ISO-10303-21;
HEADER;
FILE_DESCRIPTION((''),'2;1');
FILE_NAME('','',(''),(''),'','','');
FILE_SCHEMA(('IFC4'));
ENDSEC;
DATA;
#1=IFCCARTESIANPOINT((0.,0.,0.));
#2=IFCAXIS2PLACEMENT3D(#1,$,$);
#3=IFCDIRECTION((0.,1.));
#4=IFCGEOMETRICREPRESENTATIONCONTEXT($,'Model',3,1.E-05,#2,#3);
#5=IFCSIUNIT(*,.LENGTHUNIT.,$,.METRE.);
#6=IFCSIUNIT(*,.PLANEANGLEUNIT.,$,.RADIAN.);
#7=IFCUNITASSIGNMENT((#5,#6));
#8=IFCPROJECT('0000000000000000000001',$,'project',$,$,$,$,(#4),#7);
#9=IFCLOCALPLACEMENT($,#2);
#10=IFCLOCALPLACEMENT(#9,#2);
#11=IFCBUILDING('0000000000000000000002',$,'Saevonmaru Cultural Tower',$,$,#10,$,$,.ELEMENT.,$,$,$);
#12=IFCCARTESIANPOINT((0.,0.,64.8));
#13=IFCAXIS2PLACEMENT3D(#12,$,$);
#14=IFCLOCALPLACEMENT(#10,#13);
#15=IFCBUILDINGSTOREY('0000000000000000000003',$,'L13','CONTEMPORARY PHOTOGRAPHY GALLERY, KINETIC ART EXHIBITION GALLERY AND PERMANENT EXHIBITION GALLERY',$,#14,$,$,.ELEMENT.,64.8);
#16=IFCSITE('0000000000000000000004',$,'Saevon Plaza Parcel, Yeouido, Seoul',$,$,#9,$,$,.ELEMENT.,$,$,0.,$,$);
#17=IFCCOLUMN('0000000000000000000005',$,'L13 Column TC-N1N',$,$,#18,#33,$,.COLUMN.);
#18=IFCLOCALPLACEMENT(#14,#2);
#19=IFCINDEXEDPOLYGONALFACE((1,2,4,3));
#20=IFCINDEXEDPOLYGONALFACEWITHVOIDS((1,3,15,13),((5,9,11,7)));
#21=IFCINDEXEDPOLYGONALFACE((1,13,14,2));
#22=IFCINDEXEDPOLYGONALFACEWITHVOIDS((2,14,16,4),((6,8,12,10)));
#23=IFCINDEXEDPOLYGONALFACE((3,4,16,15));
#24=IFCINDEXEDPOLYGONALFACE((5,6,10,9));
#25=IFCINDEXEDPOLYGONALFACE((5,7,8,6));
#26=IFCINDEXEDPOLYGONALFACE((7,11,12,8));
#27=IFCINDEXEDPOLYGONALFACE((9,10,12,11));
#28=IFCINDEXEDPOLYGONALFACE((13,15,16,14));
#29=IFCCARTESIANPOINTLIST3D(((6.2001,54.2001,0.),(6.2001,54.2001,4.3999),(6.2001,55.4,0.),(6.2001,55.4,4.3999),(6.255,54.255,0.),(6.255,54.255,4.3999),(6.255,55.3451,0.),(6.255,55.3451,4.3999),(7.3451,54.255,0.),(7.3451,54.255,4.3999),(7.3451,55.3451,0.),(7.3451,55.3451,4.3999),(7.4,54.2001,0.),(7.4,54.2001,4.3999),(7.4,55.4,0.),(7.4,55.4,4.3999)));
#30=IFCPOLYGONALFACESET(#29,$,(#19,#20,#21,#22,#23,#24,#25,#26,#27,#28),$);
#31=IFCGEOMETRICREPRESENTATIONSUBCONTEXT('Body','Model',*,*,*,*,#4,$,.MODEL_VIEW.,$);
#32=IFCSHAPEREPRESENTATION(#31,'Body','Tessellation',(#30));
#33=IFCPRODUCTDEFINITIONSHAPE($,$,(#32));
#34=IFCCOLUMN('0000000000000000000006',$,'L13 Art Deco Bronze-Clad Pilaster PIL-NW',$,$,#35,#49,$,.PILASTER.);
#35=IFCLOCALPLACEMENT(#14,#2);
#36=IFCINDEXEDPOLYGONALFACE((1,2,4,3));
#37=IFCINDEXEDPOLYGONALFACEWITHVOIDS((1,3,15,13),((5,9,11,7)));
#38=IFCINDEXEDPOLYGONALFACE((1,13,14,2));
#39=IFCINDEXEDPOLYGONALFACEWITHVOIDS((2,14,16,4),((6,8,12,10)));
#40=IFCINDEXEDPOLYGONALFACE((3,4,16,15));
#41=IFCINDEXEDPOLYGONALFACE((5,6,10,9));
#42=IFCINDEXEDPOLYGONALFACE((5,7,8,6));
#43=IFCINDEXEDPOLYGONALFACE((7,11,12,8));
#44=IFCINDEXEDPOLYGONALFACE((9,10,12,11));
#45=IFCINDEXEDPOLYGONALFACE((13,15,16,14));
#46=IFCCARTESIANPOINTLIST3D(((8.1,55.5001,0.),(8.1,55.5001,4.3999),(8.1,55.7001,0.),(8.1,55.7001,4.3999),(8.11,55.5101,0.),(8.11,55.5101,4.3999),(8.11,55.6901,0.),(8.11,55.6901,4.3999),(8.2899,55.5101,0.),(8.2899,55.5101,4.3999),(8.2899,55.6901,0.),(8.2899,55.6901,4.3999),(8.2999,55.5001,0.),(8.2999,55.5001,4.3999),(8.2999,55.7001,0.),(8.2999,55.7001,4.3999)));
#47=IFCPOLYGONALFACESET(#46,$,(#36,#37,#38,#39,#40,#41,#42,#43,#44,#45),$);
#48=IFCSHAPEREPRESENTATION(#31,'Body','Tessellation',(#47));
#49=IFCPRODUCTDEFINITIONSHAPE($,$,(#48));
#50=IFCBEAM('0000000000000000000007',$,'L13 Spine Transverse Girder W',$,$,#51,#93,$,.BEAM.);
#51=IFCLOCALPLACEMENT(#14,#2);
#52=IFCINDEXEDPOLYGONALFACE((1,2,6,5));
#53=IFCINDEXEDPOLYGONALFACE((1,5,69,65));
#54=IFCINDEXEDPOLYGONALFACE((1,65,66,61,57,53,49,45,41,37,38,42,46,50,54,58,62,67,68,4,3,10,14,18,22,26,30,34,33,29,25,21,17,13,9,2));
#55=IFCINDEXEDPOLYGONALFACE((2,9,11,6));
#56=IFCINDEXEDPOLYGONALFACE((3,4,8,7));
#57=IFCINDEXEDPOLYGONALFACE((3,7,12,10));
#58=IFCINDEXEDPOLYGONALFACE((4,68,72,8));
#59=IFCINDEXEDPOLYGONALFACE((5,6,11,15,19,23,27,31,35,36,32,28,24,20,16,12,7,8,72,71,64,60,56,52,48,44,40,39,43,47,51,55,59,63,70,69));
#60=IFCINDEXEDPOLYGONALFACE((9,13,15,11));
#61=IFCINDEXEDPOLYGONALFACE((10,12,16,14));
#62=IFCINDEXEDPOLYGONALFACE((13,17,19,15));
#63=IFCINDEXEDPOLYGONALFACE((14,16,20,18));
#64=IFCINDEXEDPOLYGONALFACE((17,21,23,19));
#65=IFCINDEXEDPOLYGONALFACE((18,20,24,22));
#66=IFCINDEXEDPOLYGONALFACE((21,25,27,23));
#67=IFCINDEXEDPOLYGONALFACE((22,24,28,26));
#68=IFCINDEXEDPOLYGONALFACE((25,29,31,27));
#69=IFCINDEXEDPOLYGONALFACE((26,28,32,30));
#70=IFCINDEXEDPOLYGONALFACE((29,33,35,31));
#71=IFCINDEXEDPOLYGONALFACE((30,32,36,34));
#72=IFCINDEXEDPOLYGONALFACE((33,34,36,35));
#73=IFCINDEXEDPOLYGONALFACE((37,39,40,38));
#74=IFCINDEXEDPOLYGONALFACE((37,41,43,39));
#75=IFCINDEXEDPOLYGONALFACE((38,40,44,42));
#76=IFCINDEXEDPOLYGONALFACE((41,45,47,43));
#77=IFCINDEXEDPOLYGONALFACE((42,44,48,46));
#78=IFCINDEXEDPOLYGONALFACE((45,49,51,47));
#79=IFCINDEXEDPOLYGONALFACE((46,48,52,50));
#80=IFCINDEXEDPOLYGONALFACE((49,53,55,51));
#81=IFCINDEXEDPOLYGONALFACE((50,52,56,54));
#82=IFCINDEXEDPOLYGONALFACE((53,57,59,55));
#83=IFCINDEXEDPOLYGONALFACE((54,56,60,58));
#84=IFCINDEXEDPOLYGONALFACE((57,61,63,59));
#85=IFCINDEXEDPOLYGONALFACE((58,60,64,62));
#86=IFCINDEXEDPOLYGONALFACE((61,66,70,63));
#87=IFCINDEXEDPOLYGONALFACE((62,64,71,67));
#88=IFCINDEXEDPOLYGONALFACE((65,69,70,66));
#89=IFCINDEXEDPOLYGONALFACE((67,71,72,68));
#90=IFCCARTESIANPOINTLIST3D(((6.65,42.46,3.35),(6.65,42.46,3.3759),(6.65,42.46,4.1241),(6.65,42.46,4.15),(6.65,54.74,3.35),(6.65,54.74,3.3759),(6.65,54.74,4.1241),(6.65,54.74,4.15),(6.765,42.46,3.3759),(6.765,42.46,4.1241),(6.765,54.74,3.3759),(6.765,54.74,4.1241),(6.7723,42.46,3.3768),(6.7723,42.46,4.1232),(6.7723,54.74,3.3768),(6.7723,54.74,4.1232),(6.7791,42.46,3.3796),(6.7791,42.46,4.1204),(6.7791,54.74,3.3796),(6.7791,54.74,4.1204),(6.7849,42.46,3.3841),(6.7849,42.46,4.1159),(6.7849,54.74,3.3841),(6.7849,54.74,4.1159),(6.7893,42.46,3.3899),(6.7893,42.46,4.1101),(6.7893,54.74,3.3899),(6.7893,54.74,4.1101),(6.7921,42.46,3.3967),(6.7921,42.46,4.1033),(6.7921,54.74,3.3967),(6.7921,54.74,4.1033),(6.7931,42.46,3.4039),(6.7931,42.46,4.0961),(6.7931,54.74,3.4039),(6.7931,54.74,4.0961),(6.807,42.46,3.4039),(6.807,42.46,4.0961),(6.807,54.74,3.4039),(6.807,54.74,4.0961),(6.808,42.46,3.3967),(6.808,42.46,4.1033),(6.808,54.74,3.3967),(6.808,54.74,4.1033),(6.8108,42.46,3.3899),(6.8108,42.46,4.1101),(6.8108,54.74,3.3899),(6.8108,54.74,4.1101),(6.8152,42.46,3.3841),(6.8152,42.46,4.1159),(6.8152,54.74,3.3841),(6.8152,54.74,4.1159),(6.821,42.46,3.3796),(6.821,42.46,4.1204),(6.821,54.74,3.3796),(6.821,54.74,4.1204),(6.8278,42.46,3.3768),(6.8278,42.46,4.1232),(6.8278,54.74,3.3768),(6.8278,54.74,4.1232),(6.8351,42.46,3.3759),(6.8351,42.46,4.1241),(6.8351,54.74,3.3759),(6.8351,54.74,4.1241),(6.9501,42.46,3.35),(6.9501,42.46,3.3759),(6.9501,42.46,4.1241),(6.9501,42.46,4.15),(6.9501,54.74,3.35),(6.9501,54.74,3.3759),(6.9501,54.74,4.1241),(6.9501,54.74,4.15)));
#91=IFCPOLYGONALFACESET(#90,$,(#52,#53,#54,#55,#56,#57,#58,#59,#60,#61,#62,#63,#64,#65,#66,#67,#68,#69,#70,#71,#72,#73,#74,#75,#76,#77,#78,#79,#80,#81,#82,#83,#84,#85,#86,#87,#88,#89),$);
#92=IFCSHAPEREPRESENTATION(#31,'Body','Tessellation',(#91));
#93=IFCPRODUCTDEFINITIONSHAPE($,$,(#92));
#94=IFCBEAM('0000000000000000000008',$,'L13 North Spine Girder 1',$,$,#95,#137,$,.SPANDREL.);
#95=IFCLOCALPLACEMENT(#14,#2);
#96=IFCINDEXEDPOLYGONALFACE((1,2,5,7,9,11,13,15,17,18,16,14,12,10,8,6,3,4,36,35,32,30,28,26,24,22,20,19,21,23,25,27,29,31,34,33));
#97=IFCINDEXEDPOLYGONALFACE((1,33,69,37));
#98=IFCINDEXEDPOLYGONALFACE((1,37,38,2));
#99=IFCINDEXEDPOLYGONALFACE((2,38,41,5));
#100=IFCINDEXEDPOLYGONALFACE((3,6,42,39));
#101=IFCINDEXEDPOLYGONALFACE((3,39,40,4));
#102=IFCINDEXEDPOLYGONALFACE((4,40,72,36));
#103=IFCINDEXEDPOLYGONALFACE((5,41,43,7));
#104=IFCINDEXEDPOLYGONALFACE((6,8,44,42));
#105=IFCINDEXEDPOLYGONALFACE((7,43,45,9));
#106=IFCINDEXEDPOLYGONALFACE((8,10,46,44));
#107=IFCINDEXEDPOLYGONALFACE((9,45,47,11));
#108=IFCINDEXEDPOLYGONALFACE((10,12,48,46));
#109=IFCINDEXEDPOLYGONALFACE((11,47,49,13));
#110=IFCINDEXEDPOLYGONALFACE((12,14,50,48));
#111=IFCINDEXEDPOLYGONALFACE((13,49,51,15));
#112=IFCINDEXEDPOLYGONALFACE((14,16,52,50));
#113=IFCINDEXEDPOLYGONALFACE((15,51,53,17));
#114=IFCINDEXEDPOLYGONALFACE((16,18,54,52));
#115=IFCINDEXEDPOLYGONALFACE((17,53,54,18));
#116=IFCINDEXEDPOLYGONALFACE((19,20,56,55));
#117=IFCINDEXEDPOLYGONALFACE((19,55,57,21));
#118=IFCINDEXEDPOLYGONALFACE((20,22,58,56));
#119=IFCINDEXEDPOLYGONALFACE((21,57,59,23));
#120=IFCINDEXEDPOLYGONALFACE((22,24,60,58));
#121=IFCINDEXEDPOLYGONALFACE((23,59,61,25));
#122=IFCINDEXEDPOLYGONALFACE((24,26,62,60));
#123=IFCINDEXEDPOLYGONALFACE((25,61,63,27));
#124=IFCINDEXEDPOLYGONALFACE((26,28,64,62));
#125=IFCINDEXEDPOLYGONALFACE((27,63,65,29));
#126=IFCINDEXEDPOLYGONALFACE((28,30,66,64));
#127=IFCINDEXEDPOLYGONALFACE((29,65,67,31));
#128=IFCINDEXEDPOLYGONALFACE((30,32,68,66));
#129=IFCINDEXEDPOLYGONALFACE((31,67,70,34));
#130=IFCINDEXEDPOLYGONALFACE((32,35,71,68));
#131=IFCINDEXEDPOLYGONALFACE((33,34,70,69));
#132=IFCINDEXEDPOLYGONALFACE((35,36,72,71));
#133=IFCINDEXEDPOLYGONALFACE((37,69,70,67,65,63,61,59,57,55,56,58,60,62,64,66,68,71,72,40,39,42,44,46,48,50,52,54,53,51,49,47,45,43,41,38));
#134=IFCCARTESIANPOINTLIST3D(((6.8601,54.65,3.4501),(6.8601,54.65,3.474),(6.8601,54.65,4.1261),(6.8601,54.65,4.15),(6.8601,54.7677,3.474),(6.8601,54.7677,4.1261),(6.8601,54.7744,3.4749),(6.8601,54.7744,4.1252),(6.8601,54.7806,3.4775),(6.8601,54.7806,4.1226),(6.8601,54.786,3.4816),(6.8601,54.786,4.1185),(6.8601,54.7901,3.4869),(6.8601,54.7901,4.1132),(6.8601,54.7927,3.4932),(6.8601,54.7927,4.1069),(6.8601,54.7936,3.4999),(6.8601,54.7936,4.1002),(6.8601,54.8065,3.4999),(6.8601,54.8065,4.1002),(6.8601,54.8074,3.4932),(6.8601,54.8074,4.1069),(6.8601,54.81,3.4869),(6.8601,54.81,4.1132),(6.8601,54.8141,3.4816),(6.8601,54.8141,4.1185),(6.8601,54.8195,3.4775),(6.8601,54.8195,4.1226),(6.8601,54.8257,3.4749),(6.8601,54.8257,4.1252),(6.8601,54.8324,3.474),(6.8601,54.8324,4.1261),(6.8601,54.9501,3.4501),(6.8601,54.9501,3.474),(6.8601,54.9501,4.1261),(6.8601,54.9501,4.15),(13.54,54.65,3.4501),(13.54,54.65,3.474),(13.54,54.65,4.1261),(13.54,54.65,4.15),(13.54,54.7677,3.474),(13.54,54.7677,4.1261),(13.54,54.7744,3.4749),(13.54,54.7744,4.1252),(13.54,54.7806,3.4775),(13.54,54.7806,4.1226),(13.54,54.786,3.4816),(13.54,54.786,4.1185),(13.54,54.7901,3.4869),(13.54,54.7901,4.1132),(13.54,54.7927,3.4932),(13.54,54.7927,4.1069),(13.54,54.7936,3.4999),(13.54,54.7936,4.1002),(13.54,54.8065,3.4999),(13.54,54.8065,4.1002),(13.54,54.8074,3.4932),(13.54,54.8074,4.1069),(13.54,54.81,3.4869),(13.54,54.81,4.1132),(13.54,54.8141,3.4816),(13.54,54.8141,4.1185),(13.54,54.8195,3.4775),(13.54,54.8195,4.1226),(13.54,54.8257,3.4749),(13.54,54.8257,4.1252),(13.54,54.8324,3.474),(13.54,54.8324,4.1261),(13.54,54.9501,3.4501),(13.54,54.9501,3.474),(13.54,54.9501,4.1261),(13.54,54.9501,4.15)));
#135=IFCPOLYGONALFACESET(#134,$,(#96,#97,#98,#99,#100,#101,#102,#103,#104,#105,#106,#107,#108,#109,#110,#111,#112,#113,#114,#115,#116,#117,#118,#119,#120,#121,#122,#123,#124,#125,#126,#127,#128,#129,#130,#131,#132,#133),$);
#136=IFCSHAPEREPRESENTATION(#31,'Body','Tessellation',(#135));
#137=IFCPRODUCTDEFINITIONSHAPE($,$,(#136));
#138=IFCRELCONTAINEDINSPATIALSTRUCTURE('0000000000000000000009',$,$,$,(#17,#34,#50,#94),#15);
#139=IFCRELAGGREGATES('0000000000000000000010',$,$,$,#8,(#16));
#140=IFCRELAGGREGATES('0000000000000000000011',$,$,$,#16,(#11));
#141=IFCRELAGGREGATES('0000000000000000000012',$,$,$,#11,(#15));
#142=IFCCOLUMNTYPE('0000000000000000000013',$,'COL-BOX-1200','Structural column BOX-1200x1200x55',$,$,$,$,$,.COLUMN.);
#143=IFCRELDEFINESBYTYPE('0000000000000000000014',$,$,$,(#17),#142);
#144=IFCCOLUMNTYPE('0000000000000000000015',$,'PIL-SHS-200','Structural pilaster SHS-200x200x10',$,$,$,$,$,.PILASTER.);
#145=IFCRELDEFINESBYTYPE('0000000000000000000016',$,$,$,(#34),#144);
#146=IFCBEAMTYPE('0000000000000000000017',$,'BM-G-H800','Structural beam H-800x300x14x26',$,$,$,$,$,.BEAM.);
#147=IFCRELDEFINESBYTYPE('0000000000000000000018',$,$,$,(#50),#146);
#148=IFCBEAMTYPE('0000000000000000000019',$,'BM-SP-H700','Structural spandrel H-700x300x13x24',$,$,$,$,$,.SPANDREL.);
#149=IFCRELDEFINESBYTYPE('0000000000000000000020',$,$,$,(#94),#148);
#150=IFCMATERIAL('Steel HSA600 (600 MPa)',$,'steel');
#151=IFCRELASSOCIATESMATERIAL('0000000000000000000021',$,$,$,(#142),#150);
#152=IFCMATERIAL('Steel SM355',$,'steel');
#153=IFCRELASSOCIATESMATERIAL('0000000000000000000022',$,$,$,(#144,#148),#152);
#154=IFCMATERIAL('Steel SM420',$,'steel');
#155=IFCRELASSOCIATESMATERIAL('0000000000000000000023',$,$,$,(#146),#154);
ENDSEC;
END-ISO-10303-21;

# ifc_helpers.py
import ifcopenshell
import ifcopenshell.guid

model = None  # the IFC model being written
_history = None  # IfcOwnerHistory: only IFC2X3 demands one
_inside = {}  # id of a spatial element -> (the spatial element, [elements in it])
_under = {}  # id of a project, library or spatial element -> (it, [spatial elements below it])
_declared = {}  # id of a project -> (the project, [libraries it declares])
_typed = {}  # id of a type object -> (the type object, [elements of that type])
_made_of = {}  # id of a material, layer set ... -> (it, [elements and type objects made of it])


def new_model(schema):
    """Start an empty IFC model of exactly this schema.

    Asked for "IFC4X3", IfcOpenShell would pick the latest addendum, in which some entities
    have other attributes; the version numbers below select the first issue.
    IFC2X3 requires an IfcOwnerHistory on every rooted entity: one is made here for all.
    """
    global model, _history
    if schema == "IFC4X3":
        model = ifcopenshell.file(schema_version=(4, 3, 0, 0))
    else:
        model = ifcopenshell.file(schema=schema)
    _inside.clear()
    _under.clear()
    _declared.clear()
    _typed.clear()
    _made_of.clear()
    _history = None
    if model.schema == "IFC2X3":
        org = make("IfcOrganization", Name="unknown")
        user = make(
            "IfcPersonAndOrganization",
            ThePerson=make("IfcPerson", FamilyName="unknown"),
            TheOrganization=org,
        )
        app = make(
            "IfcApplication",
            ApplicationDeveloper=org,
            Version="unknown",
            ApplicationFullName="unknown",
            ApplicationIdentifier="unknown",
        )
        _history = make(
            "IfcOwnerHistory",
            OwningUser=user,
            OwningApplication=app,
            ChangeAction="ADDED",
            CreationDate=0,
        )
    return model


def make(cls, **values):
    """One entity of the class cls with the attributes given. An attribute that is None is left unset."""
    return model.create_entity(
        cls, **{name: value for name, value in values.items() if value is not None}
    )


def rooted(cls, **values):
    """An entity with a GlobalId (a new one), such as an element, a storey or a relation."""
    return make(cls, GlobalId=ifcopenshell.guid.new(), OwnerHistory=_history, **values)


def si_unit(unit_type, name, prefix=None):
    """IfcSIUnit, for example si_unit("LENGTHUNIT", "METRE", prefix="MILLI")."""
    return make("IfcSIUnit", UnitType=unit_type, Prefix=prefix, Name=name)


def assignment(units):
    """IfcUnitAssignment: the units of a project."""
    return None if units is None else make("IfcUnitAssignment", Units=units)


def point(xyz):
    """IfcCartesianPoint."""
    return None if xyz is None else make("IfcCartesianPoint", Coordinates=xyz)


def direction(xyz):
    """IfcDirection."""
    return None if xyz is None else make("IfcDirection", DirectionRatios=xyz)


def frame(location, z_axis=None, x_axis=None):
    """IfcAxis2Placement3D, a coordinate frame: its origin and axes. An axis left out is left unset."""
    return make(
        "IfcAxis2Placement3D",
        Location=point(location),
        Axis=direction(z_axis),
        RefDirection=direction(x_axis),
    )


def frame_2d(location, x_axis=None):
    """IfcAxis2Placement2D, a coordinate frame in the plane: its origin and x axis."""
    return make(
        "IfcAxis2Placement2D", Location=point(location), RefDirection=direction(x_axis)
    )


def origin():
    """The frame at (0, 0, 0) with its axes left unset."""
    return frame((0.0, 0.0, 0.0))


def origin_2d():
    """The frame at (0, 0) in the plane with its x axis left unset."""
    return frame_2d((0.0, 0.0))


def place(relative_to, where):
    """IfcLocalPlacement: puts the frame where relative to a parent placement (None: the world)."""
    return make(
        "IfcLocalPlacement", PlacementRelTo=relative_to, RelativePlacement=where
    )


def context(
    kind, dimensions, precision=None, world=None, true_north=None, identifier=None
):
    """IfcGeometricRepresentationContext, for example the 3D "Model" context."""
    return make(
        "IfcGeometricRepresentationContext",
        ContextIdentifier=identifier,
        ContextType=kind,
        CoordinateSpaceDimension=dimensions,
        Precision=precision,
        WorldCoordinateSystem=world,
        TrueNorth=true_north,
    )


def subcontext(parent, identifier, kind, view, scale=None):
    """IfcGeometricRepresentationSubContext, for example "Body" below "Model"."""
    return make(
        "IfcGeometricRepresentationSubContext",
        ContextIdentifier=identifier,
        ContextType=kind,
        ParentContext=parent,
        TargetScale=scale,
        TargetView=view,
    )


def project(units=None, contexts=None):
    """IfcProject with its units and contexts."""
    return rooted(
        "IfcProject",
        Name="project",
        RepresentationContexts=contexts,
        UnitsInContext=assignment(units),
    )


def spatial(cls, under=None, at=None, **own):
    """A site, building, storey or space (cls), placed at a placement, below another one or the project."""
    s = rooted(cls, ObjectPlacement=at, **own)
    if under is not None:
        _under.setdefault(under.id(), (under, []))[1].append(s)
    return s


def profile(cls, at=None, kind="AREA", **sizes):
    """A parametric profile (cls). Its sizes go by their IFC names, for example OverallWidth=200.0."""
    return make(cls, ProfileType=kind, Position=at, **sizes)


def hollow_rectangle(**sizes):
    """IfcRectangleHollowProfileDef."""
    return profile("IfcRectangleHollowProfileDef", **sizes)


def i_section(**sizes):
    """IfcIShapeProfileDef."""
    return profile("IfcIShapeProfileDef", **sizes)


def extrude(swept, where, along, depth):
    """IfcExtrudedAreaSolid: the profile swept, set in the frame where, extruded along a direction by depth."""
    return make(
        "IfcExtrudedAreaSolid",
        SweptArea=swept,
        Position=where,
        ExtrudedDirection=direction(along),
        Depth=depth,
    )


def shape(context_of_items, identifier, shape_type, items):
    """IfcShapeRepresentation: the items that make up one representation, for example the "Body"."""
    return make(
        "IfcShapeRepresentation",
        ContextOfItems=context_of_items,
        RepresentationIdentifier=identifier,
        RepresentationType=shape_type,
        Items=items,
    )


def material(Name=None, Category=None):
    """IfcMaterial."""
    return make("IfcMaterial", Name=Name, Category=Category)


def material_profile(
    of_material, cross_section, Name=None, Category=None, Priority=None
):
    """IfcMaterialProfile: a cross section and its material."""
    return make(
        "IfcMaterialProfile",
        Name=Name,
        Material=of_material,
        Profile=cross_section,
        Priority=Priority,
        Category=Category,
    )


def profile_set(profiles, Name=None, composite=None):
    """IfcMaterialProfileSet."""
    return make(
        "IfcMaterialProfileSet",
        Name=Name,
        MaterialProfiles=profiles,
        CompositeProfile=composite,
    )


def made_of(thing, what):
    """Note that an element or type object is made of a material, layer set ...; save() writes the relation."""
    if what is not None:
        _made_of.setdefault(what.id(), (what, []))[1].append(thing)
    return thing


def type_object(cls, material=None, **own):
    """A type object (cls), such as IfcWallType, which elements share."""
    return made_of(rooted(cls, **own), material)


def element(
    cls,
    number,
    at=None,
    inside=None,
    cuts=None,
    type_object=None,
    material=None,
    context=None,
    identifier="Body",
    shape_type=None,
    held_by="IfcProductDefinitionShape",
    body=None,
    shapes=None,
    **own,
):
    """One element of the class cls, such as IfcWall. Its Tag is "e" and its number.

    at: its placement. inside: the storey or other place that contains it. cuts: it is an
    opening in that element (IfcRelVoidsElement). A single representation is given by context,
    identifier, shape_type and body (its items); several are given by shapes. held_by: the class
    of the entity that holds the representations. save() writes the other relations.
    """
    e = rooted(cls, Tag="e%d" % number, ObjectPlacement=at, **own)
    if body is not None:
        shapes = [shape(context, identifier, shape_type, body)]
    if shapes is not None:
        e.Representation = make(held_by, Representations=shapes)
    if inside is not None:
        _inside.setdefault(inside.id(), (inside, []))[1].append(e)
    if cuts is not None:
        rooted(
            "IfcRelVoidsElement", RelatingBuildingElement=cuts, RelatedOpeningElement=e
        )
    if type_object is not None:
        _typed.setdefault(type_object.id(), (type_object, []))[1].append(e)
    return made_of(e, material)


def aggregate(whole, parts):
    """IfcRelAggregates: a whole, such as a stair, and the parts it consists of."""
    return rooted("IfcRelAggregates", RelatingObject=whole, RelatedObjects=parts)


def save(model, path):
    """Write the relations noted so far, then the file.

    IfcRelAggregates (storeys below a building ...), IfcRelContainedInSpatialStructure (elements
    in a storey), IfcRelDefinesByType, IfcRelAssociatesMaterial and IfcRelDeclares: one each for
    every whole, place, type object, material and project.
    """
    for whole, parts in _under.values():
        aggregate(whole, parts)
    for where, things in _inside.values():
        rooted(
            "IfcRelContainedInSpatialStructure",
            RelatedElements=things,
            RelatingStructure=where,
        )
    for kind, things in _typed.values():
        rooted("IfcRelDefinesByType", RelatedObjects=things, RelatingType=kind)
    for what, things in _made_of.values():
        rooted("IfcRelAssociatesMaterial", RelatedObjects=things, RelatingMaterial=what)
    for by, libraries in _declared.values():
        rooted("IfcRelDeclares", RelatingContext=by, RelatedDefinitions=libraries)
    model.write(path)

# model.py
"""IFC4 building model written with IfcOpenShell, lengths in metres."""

from ifc_helpers import new_model, si_unit, direction, frame, origin, origin_2d, place, context, subcontext, project, spatial, hollow_rectangle, i_section, extrude, material, material_profile, profile_set, type_object, element, save


model = new_model("IFC4")

# Units and contexts
model_context = context("Model", 3, precision=1e-05, world=origin(), true_north=direction((0.0, 1.0)))
body_context = subcontext(model_context, "Body", "Model", "MODEL_VIEW")
ifc_project = project(units=[si_unit("LENGTHUNIT", "METRE"), si_unit("PLANEANGLEUNIT", "RADIAN")], contexts=[model_context])

# Site, building, storey
site_placement = place(None, origin())
site = spatial("IfcSite", under=ifc_project, at=site_placement, Name="Saevon Plaza Parcel, Yeouido, Seoul", CompositionType="ELEMENT", RefElevation=0.0)
building_placement = place(site_placement, origin())
building = spatial("IfcBuilding", under=site, at=building_placement, Name="Saevonmaru Cultural Tower", CompositionType="ELEMENT")
storey_placement = place(building_placement, frame((0.0, 0.0, 64.8)))
storey = spatial("IfcBuildingStorey", under=building, at=storey_placement, Name="L13", Description="CONTEMPORARY PHOTOGRAPHY GALLERY, KINETIC ART EXHIBITION GALLERY AND PERMANENT EXHIBITION GALLERY", CompositionType="ELEMENT", Elevation=64.8)

# Columns
ifc_material_1 = material(Name="Steel HSA600 (600 MPa)", Category="steel")
ifc_material_profile_1 = material_profile(ifc_material_1, hollow_rectangle(XDim=1.2, YDim=1.2, WallThickness=0.0549, at=origin_2d()), Name="BOX-1200x1200x55")
ifc_profile_set_1 = profile_set([ifc_material_profile_1], Name="Steel HSA600 (600 MPa)")
column_type_1 = type_object("IfcColumnType", Name="COL-BOX-1200", Description="Structural column BOX-1200x1200x55", PredefinedType="COLUMN", material=ifc_profile_set_1)
column_1_placement = place(storey_placement, frame((6.8, 54.8, 0.0), z_axis=(0.0, 0.0, 1.0), x_axis=(1.0, 0.0, 0.0)))
element("IfcColumn", 1, at=column_1_placement, inside=storey, type_object=column_type_1, Name="L13 Column TC-N1N", PredefinedType="COLUMN", context=body_context, shape_type="SweptSolid", body=[
    extrude(hollow_rectangle(XDim=1.2, YDim=1.2, WallThickness=0.0549, at=origin_2d()), origin(), (0.0, 0.0, 1.0), 4.3999),
])
ifc_material_2 = material(Name="Steel SM355", Category="steel")
ifc_material_profile_2 = material_profile(ifc_material_2, hollow_rectangle(XDim=0.2, YDim=0.2, WallThickness=0.01, at=origin_2d()), Name="SHS-200x200x10")
ifc_profile_set_2 = profile_set([ifc_material_profile_2], Name="Steel SM355")
column_type_2 = type_object("IfcColumnType", Name="PIL-SHS-200", Description="Structural pilaster SHS-200x200x10", PredefinedType="PILASTER", material=ifc_profile_set_2)
column_2_placement = place(storey_placement, frame((8.2, 55.6001, 0.0), z_axis=(0.0, 0.0, 1.0), x_axis=(1.0, 0.0, 0.0)))
element("IfcColumn", 2, at=column_2_placement, inside=storey, type_object=column_type_2, Name="L13 Art Deco Bronze-Clad Pilaster PIL-NW", PredefinedType="PILASTER", context=body_context, shape_type="SweptSolid", body=[
    extrude(hollow_rectangle(XDim=0.2, YDim=0.2, WallThickness=0.01, at=origin_2d()), origin(), (0.0, 0.0, 1.0), 4.3999),
])

# Beams
ifc_material_3 = material(Name="Steel SM420", Category="steel")
ifc_material_profile_3 = material_profile(ifc_material_3, i_section(OverallWidth=0.3, OverallDepth=0.8, WebThickness=0.0139, FlangeThickness=0.0259, FilletRadius=0.0281, at=origin_2d()), Name="H-800x300x14x26")
ifc_profile_set_3 = profile_set([ifc_material_profile_3], Name="Steel SM420")
beam_type_1 = type_object("IfcBeamType", Name="BM-G-H800", Description="Structural beam H-800x300x14x26", PredefinedType="BEAM", material=ifc_profile_set_3)
beam_1_placement = place(storey_placement, frame((6.8, 54.74, 3.75), z_axis=(0.0, -1.0, 0.0), x_axis=(1.0, 0.0, 0.0)))
element("IfcBeam", 3, at=beam_1_placement, inside=storey, type_object=beam_type_1, Name="L13 Spine Transverse Girder W", PredefinedType="BEAM", context=body_context, shape_type="SweptSolid", body=[
    extrude(i_section(OverallWidth=0.3, OverallDepth=0.8, WebThickness=0.0139, FlangeThickness=0.0259, FilletRadius=0.0281, at=origin_2d()), origin(), (0.0, 0.0, 1.0), 12.28),
])
ifc_material_profile_4 = material_profile(ifc_material_2, i_section(OverallWidth=0.3, OverallDepth=0.7, WebThickness=0.0129, FlangeThickness=0.0239, FilletRadius=0.0259, at=origin_2d()), Name="H-700x300x13x24")
ifc_profile_set_4 = profile_set([ifc_material_profile_4], Name="Steel SM355")
beam_type_2 = type_object("IfcBeamType", Name="BM-SP-H700", Description="Structural spandrel H-700x300x13x24", PredefinedType="SPANDREL", material=ifc_profile_set_4)
beam_2_placement = place(storey_placement, frame((6.8601, 54.8, 3.8), z_axis=(1.0, 0.0, 0.0), x_axis=(0.0, 1.0, 0.0)))
element("IfcBeam", 4, at=beam_2_placement, inside=storey, type_object=beam_type_2, Name="L13 North Spine Girder 1", PredefinedType="SPANDREL", context=body_context, shape_type="SweptSolid", body=[
    extrude(i_section(OverallWidth=0.3, OverallDepth=0.7, WebThickness=0.0129, FlangeThickness=0.0239, FilletRadius=0.0259, at=origin_2d()), origin(), (0.0, 0.0, 1.0), 6.6799),
])

save(model, "model.ifc")
